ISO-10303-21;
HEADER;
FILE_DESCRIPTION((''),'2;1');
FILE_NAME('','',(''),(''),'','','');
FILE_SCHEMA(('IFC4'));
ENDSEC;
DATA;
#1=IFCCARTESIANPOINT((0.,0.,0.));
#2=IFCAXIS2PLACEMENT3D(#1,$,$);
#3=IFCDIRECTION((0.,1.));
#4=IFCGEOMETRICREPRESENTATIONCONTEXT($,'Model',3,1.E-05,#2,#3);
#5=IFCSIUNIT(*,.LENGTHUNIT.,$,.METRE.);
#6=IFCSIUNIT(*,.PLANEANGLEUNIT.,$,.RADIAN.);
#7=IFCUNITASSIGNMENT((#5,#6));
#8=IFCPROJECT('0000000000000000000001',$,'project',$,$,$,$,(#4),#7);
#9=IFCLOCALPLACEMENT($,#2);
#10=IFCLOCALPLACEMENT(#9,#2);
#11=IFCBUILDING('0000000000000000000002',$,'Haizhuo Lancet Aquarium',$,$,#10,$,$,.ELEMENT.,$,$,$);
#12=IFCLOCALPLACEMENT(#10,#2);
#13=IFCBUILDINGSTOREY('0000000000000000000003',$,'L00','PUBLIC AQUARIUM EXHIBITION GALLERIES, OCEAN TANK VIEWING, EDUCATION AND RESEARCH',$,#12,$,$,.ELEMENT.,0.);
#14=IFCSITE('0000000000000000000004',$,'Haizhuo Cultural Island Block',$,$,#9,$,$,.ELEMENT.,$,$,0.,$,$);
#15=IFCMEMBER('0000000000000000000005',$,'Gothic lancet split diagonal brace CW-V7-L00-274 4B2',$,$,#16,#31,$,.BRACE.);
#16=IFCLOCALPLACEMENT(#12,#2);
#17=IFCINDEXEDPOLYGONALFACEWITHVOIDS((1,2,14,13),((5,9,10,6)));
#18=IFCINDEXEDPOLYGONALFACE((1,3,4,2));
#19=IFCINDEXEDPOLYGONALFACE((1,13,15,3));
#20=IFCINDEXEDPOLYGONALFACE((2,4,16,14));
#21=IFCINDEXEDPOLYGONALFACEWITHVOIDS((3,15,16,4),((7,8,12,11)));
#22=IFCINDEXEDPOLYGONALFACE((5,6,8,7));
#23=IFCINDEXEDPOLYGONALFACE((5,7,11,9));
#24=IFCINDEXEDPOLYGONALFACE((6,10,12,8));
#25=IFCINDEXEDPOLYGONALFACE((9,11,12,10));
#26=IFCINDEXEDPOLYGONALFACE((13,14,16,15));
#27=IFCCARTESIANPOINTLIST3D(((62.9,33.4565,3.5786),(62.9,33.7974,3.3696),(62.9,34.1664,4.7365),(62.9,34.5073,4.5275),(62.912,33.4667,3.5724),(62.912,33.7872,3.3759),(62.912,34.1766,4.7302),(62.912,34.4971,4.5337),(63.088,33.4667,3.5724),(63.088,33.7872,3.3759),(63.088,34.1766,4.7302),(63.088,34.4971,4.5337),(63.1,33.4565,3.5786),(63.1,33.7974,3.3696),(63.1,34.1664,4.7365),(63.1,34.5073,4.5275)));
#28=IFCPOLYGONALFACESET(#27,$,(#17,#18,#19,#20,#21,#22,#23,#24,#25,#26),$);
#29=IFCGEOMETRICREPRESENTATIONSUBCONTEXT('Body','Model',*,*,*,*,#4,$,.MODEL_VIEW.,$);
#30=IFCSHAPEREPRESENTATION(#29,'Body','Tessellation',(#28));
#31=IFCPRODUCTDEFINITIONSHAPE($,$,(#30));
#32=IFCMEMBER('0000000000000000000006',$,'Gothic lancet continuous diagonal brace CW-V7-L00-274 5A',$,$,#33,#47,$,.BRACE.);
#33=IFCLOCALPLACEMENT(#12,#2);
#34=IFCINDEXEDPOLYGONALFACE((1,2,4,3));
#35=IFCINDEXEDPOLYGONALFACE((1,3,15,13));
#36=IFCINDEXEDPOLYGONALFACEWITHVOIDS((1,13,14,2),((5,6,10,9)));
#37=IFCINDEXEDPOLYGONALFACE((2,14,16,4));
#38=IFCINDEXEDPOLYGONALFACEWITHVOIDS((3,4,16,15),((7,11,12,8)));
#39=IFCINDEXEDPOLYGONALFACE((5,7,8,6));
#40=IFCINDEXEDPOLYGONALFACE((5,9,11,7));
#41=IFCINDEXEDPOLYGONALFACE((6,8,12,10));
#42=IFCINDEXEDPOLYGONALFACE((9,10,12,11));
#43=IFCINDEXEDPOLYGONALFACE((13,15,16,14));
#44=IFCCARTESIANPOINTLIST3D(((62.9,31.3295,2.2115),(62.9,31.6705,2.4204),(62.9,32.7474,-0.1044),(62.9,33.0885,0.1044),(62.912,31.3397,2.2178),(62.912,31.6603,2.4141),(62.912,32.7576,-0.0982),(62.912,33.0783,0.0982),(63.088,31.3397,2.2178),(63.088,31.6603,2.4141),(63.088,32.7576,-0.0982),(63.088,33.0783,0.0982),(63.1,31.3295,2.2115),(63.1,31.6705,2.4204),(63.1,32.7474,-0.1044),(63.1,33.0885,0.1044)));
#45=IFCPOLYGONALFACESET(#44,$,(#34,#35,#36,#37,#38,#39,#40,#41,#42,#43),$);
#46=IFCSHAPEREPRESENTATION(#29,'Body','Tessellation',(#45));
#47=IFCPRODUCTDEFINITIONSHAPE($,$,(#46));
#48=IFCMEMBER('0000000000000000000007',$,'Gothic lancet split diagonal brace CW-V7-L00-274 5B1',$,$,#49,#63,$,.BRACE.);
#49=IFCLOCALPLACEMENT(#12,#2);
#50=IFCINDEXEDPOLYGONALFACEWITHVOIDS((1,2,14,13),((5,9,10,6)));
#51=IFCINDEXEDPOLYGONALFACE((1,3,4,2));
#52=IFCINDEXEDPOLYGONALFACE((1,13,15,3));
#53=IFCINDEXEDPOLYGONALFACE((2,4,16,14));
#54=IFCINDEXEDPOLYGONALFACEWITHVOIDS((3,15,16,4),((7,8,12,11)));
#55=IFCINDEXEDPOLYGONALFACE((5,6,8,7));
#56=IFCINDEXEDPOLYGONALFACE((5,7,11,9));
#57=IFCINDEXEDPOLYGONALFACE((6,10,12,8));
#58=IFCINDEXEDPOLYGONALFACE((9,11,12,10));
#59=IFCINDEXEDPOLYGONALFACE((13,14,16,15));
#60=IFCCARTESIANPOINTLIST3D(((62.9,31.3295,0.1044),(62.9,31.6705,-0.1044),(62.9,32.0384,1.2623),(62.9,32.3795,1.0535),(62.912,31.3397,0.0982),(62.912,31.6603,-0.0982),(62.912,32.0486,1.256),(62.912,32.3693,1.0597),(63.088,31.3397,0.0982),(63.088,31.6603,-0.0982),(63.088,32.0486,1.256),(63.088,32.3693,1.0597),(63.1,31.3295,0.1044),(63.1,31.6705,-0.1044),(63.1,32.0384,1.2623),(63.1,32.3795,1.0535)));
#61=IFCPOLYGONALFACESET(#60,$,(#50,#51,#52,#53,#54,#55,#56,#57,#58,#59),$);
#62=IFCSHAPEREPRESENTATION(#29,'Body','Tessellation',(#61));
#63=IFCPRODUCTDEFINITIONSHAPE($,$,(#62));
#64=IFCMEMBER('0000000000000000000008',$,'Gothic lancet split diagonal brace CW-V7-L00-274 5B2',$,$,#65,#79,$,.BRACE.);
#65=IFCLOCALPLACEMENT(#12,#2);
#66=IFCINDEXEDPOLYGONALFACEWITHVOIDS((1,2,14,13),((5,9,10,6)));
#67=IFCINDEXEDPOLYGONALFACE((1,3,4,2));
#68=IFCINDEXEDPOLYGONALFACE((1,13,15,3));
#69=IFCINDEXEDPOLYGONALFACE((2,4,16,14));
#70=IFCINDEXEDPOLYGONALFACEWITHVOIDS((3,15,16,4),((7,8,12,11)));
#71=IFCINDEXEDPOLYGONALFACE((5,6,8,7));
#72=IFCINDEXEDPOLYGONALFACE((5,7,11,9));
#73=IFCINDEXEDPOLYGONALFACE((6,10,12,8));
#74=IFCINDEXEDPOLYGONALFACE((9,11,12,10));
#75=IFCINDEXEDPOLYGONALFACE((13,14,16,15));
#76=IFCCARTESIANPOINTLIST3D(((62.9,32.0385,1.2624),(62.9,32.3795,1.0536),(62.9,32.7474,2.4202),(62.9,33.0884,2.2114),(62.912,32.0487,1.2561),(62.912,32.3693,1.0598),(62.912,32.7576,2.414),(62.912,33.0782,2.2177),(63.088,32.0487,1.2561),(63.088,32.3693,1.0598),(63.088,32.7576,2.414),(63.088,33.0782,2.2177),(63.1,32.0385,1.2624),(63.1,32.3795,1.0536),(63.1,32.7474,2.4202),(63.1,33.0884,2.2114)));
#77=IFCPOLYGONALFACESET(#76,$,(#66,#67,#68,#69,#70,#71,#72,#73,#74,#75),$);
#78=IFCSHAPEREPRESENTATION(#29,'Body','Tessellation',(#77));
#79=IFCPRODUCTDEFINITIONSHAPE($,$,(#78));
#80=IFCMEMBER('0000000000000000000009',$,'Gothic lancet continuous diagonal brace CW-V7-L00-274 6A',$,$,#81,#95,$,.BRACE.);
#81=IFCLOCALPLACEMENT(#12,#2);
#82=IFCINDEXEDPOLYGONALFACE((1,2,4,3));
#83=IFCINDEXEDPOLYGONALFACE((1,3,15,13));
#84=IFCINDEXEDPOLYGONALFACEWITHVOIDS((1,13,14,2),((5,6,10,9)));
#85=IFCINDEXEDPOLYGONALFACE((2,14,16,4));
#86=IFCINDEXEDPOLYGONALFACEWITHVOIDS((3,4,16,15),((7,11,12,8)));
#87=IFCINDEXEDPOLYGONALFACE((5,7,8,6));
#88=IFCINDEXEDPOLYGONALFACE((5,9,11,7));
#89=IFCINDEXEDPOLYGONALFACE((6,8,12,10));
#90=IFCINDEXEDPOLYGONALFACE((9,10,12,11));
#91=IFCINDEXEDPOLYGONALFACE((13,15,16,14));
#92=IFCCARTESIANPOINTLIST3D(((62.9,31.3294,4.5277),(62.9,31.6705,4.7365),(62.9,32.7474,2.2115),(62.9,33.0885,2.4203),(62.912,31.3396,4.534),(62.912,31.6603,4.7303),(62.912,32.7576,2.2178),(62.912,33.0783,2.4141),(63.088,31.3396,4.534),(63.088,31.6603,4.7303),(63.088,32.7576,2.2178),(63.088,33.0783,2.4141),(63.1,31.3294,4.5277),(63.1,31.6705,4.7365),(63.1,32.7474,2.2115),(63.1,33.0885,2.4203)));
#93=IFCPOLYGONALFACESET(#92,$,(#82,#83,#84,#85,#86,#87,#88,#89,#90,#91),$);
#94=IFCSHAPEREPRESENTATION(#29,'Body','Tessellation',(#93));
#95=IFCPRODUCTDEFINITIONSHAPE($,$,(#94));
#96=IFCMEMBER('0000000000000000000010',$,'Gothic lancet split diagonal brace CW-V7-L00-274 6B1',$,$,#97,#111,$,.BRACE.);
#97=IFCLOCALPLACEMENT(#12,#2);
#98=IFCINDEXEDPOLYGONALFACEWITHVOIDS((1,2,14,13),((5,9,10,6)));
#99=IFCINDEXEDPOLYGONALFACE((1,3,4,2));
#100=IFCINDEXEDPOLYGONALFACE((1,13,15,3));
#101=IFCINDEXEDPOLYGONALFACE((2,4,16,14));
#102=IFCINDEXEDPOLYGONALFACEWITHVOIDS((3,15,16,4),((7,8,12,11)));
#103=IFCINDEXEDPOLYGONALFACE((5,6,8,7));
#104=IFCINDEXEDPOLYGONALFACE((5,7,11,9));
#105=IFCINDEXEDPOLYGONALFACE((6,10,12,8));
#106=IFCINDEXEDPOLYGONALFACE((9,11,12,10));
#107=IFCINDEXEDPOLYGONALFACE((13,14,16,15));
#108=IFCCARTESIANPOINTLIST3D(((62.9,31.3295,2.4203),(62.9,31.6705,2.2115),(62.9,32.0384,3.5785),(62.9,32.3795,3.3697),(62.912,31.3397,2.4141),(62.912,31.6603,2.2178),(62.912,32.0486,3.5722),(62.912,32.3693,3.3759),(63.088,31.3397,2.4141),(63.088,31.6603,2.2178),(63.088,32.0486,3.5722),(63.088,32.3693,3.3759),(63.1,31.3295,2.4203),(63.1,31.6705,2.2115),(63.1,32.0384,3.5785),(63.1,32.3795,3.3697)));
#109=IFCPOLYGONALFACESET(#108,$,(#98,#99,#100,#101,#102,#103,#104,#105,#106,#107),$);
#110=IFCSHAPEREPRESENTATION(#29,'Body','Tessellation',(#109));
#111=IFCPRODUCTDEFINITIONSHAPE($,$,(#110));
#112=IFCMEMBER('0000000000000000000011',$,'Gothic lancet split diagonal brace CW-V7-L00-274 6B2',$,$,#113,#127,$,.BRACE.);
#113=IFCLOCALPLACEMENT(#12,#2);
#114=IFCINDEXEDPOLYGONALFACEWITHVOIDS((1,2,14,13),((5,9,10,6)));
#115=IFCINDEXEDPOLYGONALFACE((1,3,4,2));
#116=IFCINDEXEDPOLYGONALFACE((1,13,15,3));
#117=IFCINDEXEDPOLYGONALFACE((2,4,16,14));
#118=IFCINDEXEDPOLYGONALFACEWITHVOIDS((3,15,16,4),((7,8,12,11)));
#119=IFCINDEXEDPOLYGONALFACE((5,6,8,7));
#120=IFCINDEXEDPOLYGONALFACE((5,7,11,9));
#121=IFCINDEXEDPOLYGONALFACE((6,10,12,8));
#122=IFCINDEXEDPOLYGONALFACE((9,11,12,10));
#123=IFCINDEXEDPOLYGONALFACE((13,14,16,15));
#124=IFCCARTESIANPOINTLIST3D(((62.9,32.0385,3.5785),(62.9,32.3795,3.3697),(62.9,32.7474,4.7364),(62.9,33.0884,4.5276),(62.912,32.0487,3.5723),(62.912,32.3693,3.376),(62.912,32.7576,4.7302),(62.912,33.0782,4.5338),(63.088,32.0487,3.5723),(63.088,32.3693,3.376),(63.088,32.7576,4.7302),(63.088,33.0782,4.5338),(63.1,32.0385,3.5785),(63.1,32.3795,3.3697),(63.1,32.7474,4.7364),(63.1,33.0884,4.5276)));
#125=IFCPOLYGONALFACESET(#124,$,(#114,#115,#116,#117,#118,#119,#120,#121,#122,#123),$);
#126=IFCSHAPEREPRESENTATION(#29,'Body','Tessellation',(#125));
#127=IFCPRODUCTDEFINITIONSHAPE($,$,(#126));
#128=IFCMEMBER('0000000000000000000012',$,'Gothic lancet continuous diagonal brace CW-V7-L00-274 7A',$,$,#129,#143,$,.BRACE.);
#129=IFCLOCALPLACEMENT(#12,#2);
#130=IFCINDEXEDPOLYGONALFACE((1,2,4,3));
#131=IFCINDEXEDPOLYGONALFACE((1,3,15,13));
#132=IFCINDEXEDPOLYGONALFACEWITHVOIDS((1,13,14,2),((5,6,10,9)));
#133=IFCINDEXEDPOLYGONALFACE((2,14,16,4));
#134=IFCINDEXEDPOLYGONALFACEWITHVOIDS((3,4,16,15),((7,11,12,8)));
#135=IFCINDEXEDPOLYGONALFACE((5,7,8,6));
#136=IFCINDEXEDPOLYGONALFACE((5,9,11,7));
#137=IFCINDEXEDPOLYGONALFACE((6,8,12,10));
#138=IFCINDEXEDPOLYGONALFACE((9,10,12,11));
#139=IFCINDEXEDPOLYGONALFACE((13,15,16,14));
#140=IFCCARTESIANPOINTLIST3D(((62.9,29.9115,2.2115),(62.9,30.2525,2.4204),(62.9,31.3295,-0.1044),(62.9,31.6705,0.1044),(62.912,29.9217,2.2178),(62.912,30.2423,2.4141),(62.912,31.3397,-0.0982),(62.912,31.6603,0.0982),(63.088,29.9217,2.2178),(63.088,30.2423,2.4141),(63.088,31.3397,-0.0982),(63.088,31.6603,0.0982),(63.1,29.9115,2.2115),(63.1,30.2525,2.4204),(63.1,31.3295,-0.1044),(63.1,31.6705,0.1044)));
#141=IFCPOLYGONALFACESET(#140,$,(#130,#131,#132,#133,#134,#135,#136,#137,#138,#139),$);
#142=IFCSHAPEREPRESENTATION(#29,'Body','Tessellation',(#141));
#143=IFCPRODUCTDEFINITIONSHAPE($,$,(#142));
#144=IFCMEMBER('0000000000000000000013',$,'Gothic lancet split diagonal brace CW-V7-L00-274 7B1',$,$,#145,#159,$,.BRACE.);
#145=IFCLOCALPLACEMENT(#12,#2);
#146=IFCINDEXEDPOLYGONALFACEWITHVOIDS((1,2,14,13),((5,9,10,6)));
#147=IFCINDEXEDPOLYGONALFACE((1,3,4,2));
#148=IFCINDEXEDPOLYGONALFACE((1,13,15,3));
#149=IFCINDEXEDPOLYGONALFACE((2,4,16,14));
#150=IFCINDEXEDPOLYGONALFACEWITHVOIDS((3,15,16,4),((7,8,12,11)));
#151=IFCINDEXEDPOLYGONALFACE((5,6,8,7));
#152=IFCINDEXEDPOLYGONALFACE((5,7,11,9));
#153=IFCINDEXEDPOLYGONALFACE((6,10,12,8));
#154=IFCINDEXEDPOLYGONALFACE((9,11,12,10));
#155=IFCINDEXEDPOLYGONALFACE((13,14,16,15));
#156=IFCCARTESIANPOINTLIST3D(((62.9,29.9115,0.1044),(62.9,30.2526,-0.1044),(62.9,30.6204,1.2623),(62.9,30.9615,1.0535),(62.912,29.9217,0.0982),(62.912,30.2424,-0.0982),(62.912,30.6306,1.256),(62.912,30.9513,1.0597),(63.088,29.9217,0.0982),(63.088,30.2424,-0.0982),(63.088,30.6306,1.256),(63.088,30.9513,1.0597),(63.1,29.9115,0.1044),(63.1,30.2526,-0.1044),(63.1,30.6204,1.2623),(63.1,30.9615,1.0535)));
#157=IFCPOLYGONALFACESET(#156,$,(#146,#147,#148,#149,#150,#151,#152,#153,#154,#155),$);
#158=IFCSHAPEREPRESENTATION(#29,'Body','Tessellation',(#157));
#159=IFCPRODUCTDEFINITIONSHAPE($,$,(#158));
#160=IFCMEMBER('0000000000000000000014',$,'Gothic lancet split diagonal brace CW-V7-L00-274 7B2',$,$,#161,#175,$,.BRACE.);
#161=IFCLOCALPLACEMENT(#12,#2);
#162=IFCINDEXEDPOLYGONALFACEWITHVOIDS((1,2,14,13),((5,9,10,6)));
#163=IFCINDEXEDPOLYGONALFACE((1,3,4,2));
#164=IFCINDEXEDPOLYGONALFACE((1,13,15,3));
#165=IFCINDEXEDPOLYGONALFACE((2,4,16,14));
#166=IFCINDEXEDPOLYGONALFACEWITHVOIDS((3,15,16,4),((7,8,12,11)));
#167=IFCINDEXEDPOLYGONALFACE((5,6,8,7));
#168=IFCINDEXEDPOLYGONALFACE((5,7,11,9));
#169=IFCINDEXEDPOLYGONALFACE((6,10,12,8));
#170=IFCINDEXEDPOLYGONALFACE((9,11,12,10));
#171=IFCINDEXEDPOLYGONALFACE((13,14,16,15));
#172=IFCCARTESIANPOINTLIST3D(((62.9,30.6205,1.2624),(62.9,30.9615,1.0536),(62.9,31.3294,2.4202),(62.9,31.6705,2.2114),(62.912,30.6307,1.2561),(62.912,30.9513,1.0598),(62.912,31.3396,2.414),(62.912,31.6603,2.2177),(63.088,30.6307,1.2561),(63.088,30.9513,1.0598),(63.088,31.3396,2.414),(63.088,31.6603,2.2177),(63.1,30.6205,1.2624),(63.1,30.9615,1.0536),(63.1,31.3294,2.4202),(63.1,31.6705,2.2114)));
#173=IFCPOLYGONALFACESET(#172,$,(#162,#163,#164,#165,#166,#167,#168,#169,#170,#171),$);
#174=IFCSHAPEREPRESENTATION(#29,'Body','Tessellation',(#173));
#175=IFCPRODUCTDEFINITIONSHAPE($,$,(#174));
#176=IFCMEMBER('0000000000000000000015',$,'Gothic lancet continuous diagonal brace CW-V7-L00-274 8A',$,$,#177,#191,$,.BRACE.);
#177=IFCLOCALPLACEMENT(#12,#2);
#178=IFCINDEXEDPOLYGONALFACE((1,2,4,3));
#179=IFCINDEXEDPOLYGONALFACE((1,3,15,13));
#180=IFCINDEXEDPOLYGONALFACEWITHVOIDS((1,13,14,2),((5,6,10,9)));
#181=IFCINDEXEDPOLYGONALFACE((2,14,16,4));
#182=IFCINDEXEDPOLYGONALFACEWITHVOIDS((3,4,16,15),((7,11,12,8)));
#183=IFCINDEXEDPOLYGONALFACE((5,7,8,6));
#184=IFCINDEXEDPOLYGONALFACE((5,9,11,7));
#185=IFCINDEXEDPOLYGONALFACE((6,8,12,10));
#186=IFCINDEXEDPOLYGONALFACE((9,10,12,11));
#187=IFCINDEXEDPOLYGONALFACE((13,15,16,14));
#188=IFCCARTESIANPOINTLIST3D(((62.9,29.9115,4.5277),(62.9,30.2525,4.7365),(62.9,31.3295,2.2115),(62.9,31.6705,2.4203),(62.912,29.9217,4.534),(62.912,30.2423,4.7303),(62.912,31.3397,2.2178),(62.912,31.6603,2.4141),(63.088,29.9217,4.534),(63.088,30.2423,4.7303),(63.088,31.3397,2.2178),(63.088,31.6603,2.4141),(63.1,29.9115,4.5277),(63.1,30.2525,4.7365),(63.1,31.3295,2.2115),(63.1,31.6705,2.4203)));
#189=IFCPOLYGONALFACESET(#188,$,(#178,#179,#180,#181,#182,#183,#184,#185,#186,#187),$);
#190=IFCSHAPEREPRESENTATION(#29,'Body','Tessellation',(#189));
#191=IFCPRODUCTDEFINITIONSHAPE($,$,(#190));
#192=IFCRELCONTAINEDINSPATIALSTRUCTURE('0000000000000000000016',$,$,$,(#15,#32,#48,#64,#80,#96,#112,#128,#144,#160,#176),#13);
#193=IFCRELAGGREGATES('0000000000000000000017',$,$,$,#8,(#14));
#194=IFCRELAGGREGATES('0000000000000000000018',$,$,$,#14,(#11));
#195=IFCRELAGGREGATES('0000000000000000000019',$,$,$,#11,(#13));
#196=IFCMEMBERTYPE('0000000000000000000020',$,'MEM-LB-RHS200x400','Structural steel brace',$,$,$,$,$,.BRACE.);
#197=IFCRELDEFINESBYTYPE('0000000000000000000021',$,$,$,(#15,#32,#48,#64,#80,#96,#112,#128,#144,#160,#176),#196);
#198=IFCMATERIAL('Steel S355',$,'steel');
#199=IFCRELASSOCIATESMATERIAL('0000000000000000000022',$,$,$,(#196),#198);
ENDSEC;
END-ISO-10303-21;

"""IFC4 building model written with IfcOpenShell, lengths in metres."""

from ifc_helpers import new_model, si_unit, direction, frame, origin, origin_2d, place, context, subcontext, project, spatial, hollow_rectangle, extrude, material, material_profile, profile_set, type_object, element, save


model = new_model("IFC4")

# Units and contexts
model_context = context("Model", 3, precision=1e-05, world=origin(), true_north=direction((0.0, 1.0)))
body_context = subcontext(model_context, "Body", "Model", "MODEL_VIEW")
ifc_project = project(units=[si_unit("LENGTHUNIT", "METRE"), si_unit("PLANEANGLEUNIT", "RADIAN")], contexts=[model_context])

# Site, building, storey
site_placement = place(None, origin())
site = spatial("IfcSite", under=ifc_project, at=site_placement, Name="Haizhuo Cultural Island Block", CompositionType="ELEMENT", RefElevation=0.0)
building_placement = place(site_placement, origin())
building = spatial("IfcBuilding", under=site, at=building_placement, Name="Haizhuo Lancet Aquarium", CompositionType="ELEMENT")
storey_placement = place(building_placement, origin())
storey = spatial("IfcBuildingStorey", under=building, at=storey_placement, Name="L00", Description="PUBLIC AQUARIUM EXHIBITION GALLERIES, OCEAN TANK VIEWING, EDUCATION AND RESEARCH", CompositionType="ELEMENT", Elevation=0.0)

# Members
ifc_material_1 = material(Name="Steel S355", Category="steel")
ifc_material_profile_1 = material_profile(ifc_material_1, hollow_rectangle(XDim=0.2, YDim=0.3999, WallThickness=0.012, at=origin_2d()), Name="RHS 200x400x12")
ifc_profile_set_1 = profile_set([ifc_material_profile_1], Name="Steel S355")
member_type_1 = type_object("IfcMemberType", Name="MEM-LB-RHS200x400", Description="Structural steel brace", PredefinedType="BRACE", material=ifc_profile_set_1)
member_1_placement = place(storey_placement, frame((63.0, 33.627, 3.4741), z_axis=(0.0, 0.522693, 0.852521), x_axis=(-1.0, 0.0, 0.0)))
element("IfcMember", 1, at=member_1_placement, inside=storey, type_object=member_type_1, Name="Gothic lancet split diagonal brace CW-V7-L00-274 4B2", PredefinedType="BRACE", context=body_context, shape_type="SweptSolid", body=[
    extrude(hollow_rectangle(XDim=0.2, YDim=0.3999, WallThickness=0.012, at=origin_2d()), origin(), (0.0, 0.0, 1.0), 1.3582),
])
member_2_placement = place(storey_placement, frame((63.0, 32.918, 0.0), z_axis=(0.0, -0.52217, 0.852841), x_axis=(1.0, 0.0, 0.0)))
element("IfcMember", 2, at=member_2_placement, inside=storey, type_object=member_type_1, Name="Gothic lancet continuous diagonal brace CW-V7-L00-274 5A", PredefinedType="BRACE", context=body_context, shape_type="SweptSolid", body=[
    extrude(hollow_rectangle(XDim=0.2, YDim=0.3999, WallThickness=0.012, at=origin_2d()), origin(), (0.0, 0.0, 1.0), 2.7156),
])
for number, where, z_axis, x_axis, name in (
    (3, (63.0, 31.5, 0.0), (0.0, 0.52217, 0.852841), (-1.0, 0.0, 0.0), "Gothic lancet split diagonal brace CW-V7-L00-274 5B1"),
    (4, (63.0, 32.209, 1.158), (0.0, 0.52217, 0.852841), (-1.0, 0.0, 0.0), "Gothic lancet split diagonal brace CW-V7-L00-274 5B2"),
):
    element("IfcMember", number, at=place(storey_placement, frame(where, z_axis=z_axis, x_axis=x_axis)), inside=storey, type_object=member_type_1, Name=name, PredefinedType="BRACE", context=body_context, shape_type="SweptSolid", body=[
        extrude(hollow_rectangle(XDim=0.2, YDim=0.3999, WallThickness=0.012, at=origin_2d()), origin(), (0.0, 0.0, 1.0), 1.3577),
    ])
member_3_placement = place(storey_placement, frame((63.0, 32.918, 2.3159), z_axis=(0.0, -0.52213, 0.852866), x_axis=(1.0, 0.0, 0.0)))
element("IfcMember", 5, at=member_3_placement, inside=storey, type_object=member_type_1, Name="Gothic lancet continuous diagonal brace CW-V7-L00-274 6A", PredefinedType="BRACE", context=body_context, shape_type="SweptSolid", body=[
    extrude(hollow_rectangle(XDim=0.2, YDim=0.3999, WallThickness=0.012, at=origin_2d()), origin(), (0.0, 0.0, 1.0), 2.7158),
])
member_4_placement = place(storey_placement, frame((63.0, 31.5, 2.3159), z_axis=(0.0, 0.52209, 0.852891), x_axis=(-1.0, 0.0, 0.0)))
element("IfcMember", 6, at=member_4_placement, inside=storey, type_object=member_type_1, Name="Gothic lancet split diagonal brace CW-V7-L00-274 6B1", PredefinedType="BRACE", context=body_context, shape_type="SweptSolid", body=[
    extrude(hollow_rectangle(XDim=0.2, YDim=0.3999, WallThickness=0.012, at=origin_2d()), origin(), (0.0, 0.0, 1.0), 1.3579),
])
member_5_placement = place(storey_placement, frame((63.0, 32.209, 3.4741), z_axis=(0.0, 0.52217, 0.852841), x_axis=(-1.0, 0.0, 0.0)))
element("IfcMember", 7, at=member_5_placement, inside=storey, type_object=member_type_1, Name="Gothic lancet split diagonal brace CW-V7-L00-274 6B2", PredefinedType="BRACE", context=body_context, shape_type="SweptSolid", body=[
    extrude(hollow_rectangle(XDim=0.2, YDim=0.3999, WallThickness=0.012, at=origin_2d()), origin(), (0.0, 0.0, 1.0), 1.3577),
])
member_6_placement = place(storey_placement, frame((63.0, 31.5, 0.0), z_axis=(0.0, -0.52217, 0.852841), x_axis=(1.0, 0.0, 0.0)))
element("IfcMember", 8, at=member_6_placement, inside=storey, type_object=member_type_1, Name="Gothic lancet continuous diagonal brace CW-V7-L00-274 7A", PredefinedType="BRACE", context=body_context, shape_type="SweptSolid", body=[
    extrude(hollow_rectangle(XDim=0.2, YDim=0.3999, WallThickness=0.012, at=origin_2d()), origin(), (0.0, 0.0, 1.0), 2.7156),
])
for number, where, z_axis, x_axis, name in (
    (9, (63.0, 30.082, 0.0), (0.0, 0.52217, 0.852841), (-1.0, 0.0, 0.0), "Gothic lancet split diagonal brace CW-V7-L00-274 7B1"),
    (10, (63.0, 30.791, 1.158), (0.0, 0.52217, 0.852841), (-1.0, 0.0, 0.0), "Gothic lancet split diagonal brace CW-V7-L00-274 7B2"),
):
    element("IfcMember", number, at=place(storey_placement, frame(where, z_axis=z_axis, x_axis=x_axis)), inside=storey, type_object=member_type_1, Name=name, PredefinedType="BRACE", context=body_context, shape_type="SweptSolid", body=[
        extrude(hollow_rectangle(XDim=0.2, YDim=0.3999, WallThickness=0.012, at=origin_2d()), origin(), (0.0, 0.0, 1.0), 1.3577),
    ])
member_7_placement = place(storey_placement, frame((63.0, 31.5, 2.3159), z_axis=(0.0, -0.52213, 0.852866), x_axis=(1.0, 0.0, 0.0)))
element("IfcMember", 11, at=member_7_placement, inside=storey, type_object=member_type_1, Name="Gothic lancet continuous diagonal brace CW-V7-L00-274 8A", PredefinedType="BRACE", context=body_context, shape_type="SweptSolid", body=[
    extrude(hollow_rectangle(XDim=0.2, YDim=0.3999, WallThickness=0.012, at=origin_2d()), origin(), (0.0, 0.0, 1.0), 2.7158),
])

save(model, "model.ifc")
